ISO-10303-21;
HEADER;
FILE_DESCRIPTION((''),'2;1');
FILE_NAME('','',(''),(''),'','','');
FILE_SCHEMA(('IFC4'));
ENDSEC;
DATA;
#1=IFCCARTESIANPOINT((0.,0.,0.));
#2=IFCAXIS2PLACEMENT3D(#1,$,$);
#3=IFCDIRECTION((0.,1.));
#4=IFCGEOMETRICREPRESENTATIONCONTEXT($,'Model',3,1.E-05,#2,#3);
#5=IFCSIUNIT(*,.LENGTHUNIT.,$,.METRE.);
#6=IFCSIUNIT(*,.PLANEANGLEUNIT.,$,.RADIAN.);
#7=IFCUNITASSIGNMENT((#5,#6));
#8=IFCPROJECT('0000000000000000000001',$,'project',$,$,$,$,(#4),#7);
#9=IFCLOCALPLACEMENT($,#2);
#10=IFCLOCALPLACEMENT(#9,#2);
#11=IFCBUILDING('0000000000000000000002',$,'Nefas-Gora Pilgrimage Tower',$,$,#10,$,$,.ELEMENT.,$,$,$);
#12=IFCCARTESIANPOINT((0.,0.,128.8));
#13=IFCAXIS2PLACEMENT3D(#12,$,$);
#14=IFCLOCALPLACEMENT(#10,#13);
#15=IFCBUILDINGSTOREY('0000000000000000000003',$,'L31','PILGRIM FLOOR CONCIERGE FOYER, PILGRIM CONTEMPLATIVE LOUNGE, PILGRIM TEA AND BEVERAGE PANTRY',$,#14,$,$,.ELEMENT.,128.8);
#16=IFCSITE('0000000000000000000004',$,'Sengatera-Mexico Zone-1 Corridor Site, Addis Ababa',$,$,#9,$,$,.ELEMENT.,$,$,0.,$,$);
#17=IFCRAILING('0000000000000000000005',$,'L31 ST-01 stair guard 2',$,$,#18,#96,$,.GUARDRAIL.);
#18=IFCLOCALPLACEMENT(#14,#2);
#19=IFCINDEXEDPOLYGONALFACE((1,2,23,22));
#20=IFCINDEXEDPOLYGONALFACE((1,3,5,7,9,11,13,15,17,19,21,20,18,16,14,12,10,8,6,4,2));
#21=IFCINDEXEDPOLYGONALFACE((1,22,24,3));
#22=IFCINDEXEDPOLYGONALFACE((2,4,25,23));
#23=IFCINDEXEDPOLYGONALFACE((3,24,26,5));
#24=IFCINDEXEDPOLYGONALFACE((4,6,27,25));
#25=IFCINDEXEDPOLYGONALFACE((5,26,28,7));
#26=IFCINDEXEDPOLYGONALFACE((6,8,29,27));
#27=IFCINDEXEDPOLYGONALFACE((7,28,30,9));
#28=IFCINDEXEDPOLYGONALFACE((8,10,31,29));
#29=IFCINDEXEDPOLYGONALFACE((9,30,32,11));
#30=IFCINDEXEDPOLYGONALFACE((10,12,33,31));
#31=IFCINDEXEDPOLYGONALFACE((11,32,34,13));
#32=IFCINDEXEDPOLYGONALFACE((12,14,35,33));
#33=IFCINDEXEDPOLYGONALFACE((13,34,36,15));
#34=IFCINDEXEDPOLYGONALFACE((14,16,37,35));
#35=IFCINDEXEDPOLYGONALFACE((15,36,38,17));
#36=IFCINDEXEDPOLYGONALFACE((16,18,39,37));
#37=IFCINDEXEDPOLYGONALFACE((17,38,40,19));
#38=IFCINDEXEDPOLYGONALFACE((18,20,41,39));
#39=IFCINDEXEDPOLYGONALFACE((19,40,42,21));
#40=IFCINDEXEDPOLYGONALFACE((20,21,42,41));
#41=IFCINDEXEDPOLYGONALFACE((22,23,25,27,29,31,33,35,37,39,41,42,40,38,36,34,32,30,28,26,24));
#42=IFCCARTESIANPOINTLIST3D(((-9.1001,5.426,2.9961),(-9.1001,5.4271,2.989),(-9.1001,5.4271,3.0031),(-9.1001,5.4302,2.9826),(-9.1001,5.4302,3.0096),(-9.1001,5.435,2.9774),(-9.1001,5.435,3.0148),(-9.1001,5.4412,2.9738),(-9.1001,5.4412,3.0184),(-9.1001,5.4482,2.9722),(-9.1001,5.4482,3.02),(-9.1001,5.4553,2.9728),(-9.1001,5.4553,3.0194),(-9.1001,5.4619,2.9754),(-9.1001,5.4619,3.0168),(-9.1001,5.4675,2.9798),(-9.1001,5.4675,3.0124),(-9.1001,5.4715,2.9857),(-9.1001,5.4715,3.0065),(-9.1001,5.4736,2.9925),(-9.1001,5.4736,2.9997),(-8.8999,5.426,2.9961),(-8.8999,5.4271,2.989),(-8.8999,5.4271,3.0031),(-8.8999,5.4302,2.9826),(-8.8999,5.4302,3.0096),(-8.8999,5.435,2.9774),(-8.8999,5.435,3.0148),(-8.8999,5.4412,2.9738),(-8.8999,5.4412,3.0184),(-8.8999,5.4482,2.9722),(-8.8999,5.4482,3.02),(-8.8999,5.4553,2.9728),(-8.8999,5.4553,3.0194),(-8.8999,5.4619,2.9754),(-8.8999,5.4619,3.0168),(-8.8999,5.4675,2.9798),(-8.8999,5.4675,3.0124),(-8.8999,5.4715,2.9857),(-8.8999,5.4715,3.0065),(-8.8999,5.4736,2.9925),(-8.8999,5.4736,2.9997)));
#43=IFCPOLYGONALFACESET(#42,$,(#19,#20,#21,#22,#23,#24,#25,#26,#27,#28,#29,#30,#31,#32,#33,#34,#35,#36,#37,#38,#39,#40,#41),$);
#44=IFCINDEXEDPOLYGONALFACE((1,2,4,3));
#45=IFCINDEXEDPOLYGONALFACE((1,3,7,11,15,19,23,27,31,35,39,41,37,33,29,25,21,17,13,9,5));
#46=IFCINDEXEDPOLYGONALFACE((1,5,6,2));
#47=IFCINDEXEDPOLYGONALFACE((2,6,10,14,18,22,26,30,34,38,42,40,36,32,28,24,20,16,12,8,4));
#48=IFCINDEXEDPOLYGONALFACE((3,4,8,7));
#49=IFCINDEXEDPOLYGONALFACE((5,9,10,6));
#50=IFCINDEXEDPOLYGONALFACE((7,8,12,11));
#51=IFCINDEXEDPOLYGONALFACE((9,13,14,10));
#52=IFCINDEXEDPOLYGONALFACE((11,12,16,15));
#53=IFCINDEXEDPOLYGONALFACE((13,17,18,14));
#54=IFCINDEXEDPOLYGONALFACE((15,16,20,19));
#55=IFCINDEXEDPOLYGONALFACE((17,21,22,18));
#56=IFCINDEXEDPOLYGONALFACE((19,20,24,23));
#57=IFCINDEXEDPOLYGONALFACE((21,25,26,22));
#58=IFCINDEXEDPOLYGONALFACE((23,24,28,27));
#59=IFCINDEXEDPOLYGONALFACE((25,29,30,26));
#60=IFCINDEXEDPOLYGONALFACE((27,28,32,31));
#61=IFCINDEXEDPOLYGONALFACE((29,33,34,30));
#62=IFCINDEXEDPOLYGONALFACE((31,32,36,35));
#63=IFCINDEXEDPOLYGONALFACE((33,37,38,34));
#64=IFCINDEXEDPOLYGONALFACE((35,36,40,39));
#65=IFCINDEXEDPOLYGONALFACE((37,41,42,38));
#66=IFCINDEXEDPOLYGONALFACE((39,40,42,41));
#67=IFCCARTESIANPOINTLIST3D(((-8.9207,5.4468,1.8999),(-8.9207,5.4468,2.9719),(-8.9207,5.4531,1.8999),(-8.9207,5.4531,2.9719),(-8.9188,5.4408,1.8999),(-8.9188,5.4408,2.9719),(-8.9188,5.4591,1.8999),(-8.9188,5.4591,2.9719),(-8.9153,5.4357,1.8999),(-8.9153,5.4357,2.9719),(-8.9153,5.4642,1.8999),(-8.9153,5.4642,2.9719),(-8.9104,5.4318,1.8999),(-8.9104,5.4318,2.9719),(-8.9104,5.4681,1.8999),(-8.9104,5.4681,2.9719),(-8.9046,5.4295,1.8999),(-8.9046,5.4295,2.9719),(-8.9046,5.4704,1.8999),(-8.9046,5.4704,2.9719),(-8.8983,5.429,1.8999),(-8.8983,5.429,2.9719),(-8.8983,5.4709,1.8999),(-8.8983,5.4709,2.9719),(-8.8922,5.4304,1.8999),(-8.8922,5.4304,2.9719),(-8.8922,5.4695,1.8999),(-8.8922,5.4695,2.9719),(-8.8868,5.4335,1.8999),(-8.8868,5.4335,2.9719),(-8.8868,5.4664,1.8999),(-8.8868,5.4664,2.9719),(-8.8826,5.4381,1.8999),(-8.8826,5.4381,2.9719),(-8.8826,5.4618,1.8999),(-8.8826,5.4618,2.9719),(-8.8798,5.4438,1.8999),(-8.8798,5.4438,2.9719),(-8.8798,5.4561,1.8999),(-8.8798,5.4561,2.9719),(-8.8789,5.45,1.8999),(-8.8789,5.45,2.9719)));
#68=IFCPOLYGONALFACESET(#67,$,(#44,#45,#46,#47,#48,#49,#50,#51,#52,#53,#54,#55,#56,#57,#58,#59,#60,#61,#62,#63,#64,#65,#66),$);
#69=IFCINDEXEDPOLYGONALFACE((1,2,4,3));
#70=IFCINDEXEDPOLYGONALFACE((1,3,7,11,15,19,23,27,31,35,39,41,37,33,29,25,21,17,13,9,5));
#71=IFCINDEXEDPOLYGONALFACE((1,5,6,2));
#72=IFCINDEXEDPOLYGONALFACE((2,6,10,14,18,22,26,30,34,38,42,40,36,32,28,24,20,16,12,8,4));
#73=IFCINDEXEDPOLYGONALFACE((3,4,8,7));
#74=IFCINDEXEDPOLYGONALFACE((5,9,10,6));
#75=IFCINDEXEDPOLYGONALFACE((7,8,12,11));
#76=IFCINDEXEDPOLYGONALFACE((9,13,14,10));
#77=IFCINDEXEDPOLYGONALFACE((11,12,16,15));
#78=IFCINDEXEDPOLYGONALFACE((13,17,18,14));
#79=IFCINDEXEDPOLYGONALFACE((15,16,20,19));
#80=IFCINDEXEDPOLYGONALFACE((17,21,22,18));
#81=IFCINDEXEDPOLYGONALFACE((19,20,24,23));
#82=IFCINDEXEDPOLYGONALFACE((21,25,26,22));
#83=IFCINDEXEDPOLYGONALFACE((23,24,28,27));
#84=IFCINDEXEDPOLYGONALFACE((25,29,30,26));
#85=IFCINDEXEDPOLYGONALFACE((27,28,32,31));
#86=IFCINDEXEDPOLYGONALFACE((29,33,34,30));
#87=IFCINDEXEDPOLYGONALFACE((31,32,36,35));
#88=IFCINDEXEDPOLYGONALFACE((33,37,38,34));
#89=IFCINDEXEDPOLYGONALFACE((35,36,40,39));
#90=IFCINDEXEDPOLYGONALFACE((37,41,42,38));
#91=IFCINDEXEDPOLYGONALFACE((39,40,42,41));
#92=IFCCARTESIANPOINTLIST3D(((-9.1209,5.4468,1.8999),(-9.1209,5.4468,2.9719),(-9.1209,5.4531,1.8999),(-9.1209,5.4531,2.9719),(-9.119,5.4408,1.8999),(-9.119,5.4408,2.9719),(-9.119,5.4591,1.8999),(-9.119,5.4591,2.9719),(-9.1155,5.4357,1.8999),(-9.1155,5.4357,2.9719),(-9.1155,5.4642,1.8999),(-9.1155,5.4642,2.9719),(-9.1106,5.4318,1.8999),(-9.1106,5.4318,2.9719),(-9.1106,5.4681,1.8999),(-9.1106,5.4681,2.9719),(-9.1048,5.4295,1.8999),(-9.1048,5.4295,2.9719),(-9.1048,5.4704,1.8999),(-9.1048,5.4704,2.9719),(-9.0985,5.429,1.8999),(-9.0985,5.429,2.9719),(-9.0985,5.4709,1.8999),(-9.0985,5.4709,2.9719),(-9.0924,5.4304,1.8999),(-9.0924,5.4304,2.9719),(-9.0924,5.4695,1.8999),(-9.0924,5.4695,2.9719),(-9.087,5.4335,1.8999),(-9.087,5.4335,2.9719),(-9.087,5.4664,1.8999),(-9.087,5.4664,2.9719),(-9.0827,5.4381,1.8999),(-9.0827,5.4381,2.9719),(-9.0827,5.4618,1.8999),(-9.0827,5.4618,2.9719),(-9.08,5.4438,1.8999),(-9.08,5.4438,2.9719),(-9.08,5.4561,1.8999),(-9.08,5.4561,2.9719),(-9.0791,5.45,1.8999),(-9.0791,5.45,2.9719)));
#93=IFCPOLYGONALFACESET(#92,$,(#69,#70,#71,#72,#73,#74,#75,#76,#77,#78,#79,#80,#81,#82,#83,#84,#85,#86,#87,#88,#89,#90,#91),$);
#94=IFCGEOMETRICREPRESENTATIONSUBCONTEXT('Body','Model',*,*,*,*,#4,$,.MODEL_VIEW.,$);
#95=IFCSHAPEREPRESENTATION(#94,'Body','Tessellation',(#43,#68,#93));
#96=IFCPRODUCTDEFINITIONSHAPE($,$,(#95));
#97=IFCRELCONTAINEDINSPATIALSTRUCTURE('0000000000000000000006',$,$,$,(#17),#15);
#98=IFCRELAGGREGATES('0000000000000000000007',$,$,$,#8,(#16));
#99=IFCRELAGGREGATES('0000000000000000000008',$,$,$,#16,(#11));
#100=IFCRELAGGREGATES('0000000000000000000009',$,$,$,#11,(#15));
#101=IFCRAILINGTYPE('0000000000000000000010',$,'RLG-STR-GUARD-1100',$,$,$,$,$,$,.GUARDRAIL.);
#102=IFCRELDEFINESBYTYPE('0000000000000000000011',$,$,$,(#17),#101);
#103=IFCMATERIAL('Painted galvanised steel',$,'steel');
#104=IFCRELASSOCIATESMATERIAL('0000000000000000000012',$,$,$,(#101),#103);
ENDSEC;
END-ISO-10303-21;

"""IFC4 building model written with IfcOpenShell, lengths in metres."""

from ifc_helpers import new_model, si_unit, direction, frame, origin, origin_2d, place, context, subcontext, project, spatial, circle, extrude, material, type_object, element, save


model = new_model("IFC4")

# Units and contexts
model_context = context("Model", 3, precision=1e-05, world=origin(), true_north=direction((0.0, 1.0)))
body_context = subcontext(model_context, "Body", "Model", "MODEL_VIEW")
ifc_project = project(units=[si_unit("LENGTHUNIT", "METRE"), si_unit("PLANEANGLEUNIT", "RADIAN")], contexts=[model_context])

# Site, building, storey
site_placement = place(None, origin())
site = spatial("IfcSite", under=ifc_project, at=site_placement, Name="Sengatera-Mexico Zone-1 Corridor Site, Addis Ababa", CompositionType="ELEMENT", RefElevation=0.0)
building_placement = place(site_placement, origin())
building = spatial("IfcBuilding", under=site, at=building_placement, Name="Nefas-Gora Pilgrimage Tower", CompositionType="ELEMENT")
storey_placement = place(building_placement, frame((0.0, 0.0, 128.8)))
storey = spatial("IfcBuildingStorey", under=building, at=storey_placement, Name="L31", Description="PILGRIM FLOOR CONCIERGE FOYER, PILGRIM CONTEMPLATIVE LOUNGE, PILGRIM TEA AND BEVERAGE PANTRY", CompositionType="ELEMENT", Elevation=128.8)

# Railing
ifc_material_1 = material(Name="Painted galvanised steel", Category="steel")
railing_type_1 = type_object("IfcRailingType", Name="RLG-STR-GUARD-1100", PredefinedType="GUARDRAIL", material=ifc_material_1)
railing_1_placement = place(storey_placement, frame((-8.8999, 5.45, 1.8999)))
element("IfcRailing", 1, at=railing_1_placement, inside=storey, type_object=railing_type_1, Name="L31 ST-01 stair guard 2", PredefinedType="GUARDRAIL", context=body_context, shape_type="SweptSolid", body=[
    extrude(circle(Radius=0.0239, at=origin_2d()), frame((0.0, 0.0, 1.0962), z_axis=(-1.0, 0.0, 0.0), x_axis=(0.0, -1.0, 0.0)), (0.0, 0.0, 1.0), 0.2002),
    extrude(circle(Radius=0.021, at=origin_2d()), origin(), (0.0, 0.0, 1.0), 1.072),
    extrude(circle(Radius=0.021, at=origin_2d()), frame((-0.2002, 0.0, 0.0)), (0.0, 0.0, 1.0), 1.072),
])

save(model, "model.ifc")
